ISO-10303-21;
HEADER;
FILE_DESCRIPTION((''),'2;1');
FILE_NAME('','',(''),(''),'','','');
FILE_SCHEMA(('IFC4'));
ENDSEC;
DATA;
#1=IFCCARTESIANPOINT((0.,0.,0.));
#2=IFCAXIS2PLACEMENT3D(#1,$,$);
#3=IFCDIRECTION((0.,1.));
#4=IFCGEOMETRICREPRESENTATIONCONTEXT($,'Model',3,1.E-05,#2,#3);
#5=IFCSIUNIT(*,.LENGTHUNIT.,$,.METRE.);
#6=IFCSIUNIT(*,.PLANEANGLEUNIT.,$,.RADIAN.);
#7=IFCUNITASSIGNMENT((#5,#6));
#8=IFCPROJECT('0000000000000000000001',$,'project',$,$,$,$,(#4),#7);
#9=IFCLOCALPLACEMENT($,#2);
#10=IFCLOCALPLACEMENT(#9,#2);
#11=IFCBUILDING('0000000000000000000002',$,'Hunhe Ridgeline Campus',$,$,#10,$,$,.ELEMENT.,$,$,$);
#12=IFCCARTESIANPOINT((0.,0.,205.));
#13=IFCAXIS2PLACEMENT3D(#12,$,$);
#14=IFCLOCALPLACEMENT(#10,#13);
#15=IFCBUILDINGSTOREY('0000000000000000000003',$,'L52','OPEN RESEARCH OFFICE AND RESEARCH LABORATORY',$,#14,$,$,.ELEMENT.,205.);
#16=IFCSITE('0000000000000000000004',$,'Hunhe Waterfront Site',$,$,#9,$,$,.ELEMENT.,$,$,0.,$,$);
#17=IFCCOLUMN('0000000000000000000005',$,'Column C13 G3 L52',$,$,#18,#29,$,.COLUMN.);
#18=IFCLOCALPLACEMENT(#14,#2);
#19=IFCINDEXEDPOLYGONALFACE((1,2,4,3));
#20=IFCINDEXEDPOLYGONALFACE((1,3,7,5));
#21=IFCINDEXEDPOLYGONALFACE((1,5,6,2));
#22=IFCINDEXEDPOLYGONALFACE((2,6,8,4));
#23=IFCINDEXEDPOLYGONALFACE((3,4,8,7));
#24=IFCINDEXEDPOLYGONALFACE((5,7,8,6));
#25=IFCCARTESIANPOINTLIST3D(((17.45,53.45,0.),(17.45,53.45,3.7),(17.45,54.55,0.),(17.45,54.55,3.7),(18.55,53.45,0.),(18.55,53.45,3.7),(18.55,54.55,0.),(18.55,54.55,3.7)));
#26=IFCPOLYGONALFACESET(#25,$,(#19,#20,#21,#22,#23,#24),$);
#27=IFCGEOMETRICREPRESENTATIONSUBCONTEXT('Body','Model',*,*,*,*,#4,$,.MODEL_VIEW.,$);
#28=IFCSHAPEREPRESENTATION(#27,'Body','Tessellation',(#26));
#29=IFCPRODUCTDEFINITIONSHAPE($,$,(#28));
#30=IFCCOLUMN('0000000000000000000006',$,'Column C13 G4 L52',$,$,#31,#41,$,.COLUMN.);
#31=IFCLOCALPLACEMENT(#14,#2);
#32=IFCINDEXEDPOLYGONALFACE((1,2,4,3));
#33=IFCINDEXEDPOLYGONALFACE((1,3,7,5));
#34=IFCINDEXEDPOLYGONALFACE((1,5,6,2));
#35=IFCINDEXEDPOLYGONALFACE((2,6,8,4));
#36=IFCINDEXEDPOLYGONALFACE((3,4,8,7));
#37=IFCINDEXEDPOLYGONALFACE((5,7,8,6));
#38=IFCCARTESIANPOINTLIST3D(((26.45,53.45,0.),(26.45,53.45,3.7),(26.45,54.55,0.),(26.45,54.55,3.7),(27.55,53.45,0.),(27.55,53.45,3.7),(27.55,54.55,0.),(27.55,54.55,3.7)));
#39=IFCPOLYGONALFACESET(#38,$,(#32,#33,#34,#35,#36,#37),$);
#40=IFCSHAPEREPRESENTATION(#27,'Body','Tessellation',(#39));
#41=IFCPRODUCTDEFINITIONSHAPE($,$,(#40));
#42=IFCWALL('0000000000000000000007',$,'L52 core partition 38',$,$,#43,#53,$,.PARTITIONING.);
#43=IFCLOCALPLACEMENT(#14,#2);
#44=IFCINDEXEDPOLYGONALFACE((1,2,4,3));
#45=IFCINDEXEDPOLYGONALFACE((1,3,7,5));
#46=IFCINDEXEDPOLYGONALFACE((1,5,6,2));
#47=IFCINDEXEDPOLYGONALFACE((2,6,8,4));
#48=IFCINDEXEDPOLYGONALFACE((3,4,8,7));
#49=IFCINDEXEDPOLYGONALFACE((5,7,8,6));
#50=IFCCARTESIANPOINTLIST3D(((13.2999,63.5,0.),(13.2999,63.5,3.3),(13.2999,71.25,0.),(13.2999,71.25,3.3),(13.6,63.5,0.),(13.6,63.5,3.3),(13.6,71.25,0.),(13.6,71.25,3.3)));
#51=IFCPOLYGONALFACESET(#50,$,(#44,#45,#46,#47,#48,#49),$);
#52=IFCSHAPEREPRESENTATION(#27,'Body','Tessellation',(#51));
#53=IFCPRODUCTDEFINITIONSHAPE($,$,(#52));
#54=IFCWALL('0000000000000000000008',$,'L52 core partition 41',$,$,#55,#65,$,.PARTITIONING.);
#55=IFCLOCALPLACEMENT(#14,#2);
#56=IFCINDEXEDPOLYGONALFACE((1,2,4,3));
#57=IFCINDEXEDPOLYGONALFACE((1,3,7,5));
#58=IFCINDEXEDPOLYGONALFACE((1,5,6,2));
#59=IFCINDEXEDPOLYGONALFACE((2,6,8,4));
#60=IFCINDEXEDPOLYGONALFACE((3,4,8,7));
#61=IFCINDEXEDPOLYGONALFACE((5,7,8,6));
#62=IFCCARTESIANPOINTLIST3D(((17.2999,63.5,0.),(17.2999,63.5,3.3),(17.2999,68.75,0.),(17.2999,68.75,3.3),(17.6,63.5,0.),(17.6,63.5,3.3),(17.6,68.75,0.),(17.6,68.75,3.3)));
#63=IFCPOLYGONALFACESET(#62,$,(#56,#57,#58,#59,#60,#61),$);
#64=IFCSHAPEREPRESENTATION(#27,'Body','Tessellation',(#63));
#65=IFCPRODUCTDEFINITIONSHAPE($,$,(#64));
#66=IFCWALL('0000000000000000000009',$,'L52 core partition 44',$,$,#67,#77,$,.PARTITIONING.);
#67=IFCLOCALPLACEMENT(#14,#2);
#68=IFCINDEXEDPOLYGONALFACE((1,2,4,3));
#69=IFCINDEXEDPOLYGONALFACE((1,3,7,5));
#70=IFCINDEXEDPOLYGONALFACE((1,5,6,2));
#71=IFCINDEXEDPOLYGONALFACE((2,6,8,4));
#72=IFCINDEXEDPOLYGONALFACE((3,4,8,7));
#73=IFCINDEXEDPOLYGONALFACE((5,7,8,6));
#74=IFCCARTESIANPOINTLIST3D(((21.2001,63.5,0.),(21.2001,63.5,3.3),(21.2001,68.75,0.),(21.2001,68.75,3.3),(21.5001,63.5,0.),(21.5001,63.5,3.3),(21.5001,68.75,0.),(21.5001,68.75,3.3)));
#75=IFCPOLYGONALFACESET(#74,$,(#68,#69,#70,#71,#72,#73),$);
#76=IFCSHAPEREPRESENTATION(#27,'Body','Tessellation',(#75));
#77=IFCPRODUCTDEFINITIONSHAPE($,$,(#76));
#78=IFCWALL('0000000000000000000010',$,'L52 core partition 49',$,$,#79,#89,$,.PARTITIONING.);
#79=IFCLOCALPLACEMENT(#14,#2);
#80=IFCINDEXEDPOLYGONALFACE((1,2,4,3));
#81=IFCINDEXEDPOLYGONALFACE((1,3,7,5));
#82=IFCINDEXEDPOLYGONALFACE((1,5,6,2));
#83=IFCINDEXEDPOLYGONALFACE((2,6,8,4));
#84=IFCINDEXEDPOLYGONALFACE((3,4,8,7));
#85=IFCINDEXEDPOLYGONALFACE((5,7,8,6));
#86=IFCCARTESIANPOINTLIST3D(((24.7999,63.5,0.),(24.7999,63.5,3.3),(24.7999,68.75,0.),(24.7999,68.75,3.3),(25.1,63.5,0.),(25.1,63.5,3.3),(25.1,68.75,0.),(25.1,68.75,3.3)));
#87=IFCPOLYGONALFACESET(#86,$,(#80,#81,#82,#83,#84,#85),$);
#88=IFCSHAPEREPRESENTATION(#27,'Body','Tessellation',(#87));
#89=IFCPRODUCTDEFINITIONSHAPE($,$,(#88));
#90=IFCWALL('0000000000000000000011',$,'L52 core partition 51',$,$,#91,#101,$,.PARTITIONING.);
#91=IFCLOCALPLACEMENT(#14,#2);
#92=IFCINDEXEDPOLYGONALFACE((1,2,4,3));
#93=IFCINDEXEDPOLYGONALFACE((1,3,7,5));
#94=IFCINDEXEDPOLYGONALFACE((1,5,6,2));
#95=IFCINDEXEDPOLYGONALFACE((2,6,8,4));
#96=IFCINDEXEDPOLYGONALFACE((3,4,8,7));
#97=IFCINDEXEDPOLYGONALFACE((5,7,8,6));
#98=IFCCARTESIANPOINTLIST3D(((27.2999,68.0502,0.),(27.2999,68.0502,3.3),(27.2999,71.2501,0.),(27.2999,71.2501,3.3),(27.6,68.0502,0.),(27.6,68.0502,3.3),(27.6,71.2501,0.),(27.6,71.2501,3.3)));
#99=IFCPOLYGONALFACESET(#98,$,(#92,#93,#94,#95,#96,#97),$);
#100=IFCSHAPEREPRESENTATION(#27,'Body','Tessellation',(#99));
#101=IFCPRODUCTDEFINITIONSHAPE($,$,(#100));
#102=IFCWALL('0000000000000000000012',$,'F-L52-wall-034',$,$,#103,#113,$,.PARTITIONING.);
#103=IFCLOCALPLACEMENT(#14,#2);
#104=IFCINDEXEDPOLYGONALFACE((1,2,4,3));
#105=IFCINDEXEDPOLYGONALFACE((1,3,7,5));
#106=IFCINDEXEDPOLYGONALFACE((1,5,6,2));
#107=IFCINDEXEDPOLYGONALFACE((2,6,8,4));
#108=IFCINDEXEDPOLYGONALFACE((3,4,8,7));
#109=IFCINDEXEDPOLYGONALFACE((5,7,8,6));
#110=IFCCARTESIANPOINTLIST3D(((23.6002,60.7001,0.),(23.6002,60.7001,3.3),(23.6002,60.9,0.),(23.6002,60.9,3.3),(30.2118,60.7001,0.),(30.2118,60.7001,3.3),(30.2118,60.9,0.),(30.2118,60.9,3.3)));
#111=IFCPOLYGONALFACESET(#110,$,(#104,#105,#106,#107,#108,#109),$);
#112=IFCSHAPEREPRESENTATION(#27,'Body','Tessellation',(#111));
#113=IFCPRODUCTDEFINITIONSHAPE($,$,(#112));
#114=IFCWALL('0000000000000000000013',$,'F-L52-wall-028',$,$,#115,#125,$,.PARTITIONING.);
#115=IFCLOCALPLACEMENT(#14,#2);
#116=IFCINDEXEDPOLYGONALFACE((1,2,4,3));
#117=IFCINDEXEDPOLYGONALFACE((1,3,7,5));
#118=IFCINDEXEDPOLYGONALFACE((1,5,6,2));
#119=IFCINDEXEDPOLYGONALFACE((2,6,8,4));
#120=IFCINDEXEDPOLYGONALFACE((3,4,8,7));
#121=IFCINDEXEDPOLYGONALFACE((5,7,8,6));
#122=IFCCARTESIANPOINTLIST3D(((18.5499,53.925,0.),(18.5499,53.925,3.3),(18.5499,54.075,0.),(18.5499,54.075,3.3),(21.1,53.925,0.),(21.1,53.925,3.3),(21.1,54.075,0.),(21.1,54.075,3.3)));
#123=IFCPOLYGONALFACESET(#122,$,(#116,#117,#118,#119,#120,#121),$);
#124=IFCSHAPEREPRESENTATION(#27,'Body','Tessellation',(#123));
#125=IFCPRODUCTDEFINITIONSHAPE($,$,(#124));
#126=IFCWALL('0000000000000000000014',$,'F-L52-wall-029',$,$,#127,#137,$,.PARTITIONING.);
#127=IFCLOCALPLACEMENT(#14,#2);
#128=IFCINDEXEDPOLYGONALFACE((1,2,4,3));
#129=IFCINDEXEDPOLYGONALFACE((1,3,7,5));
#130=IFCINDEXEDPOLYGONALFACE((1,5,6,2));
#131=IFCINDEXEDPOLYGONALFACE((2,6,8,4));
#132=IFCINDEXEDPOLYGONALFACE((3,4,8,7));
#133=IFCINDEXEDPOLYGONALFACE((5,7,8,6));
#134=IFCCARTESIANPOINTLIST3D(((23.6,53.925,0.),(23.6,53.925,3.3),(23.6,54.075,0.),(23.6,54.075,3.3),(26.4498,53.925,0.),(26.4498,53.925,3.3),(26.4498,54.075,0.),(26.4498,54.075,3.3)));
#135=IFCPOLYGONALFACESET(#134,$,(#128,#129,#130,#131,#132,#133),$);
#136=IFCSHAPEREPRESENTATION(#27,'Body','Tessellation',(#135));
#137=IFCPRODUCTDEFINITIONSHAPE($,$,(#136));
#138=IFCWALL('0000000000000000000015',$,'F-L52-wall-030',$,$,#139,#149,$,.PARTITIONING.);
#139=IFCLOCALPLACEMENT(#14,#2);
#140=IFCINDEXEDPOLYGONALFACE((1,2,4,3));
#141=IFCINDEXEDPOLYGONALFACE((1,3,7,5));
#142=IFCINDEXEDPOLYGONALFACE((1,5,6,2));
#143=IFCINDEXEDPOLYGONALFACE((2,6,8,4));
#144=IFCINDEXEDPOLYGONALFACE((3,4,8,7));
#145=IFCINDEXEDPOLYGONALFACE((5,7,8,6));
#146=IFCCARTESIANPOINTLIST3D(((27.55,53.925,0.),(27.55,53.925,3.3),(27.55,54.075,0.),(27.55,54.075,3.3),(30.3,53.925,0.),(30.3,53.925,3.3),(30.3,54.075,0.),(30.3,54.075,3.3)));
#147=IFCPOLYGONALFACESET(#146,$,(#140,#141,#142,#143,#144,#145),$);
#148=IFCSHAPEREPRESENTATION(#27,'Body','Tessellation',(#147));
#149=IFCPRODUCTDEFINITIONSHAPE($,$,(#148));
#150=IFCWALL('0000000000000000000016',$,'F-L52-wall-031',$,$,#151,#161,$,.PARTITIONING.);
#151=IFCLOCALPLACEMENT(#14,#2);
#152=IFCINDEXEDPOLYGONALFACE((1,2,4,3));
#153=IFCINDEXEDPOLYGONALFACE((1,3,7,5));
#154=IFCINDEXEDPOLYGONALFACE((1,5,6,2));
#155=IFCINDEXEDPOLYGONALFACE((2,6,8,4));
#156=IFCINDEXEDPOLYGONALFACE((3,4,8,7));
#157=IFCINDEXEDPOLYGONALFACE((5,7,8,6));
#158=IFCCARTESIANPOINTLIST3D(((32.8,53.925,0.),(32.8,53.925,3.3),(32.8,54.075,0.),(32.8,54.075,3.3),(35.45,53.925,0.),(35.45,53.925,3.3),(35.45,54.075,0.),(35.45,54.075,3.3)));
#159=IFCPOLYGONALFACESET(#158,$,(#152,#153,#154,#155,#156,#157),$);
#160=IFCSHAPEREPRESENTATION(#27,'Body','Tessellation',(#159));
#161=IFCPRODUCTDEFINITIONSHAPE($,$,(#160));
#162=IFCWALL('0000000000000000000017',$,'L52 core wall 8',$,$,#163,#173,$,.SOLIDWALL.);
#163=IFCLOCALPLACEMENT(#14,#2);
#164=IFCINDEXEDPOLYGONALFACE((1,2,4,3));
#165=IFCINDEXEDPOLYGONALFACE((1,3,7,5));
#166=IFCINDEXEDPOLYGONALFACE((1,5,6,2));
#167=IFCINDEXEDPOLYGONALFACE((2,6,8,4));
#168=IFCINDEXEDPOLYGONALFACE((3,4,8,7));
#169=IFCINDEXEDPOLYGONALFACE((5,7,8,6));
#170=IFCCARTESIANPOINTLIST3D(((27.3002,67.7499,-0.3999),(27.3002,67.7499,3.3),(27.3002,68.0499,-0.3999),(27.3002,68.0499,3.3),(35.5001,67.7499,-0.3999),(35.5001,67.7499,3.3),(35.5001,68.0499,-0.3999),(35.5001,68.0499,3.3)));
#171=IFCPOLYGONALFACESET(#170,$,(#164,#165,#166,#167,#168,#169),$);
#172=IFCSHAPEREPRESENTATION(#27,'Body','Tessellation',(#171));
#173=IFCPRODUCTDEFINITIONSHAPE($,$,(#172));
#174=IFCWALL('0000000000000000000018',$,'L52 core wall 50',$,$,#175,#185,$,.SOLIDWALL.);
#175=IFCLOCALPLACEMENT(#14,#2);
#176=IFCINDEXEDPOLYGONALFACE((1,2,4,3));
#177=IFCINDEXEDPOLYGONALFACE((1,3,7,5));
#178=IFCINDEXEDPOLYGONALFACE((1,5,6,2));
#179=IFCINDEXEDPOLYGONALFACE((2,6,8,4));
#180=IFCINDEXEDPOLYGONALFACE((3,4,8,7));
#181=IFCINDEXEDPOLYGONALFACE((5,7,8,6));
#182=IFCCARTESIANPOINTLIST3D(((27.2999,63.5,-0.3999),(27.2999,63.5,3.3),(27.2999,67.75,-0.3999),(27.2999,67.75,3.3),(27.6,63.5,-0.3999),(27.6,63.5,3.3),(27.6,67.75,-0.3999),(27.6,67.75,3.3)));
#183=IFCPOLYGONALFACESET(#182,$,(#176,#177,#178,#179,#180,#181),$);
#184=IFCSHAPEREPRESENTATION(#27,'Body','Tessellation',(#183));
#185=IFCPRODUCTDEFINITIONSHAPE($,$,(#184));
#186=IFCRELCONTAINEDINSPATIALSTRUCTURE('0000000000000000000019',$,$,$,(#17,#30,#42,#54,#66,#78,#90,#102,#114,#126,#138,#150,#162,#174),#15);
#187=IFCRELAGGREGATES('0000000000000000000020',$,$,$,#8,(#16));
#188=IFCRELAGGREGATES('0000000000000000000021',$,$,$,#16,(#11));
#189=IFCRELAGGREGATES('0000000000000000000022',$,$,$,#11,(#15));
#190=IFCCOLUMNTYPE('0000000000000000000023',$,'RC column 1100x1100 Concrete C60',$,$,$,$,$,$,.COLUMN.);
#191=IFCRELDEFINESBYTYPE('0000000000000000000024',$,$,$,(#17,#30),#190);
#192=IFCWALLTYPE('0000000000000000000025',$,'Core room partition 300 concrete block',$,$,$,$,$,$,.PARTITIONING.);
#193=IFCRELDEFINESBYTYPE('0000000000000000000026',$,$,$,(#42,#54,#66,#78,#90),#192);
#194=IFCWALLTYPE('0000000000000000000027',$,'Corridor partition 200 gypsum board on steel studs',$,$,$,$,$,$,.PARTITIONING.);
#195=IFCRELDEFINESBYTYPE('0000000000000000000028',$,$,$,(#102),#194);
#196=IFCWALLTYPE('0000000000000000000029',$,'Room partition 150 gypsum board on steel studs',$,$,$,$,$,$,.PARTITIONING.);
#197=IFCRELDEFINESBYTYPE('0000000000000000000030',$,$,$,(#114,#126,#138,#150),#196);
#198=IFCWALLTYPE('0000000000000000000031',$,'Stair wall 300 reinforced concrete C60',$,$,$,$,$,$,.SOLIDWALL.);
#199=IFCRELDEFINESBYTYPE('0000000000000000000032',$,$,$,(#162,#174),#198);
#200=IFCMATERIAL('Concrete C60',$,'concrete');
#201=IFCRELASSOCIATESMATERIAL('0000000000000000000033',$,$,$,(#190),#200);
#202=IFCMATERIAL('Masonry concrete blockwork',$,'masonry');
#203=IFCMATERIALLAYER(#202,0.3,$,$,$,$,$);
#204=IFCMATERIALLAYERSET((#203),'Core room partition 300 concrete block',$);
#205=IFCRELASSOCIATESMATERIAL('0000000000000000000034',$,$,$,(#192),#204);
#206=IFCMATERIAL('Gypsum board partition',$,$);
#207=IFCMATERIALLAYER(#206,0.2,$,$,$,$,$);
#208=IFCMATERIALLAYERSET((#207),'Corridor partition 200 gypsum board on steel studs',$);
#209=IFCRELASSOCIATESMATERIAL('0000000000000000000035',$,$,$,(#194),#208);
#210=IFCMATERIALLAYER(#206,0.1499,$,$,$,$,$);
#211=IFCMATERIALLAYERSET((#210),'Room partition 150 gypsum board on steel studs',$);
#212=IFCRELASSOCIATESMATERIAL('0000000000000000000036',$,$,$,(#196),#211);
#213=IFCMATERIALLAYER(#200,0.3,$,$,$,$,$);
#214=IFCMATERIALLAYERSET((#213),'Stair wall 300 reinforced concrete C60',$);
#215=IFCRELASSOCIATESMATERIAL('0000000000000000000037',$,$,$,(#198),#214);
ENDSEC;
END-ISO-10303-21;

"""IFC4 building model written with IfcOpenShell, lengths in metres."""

from ifc_helpers import new_model, si_unit, direction, frame, frame_2d, origin, origin_2d, place, context, subcontext, project, spatial, rectangle, extrude, material, layer, layer_set, material_profile, profile_set, type_object, element, save


model = new_model("IFC4")

# Units and contexts
model_context = context("Model", 3, precision=1e-05, world=origin(), true_north=direction((0.0, 1.0)))
body_context = subcontext(model_context, "Body", "Model", "MODEL_VIEW")
ifc_project = project(units=[si_unit("LENGTHUNIT", "METRE"), si_unit("PLANEANGLEUNIT", "RADIAN")], contexts=[model_context])

# Site, building, storey
site_placement = place(None, origin())
site = spatial("IfcSite", under=ifc_project, at=site_placement, Name="Hunhe Waterfront Site", CompositionType="ELEMENT", RefElevation=0.0)
building_placement = place(site_placement, origin())
building = spatial("IfcBuilding", under=site, at=building_placement, Name="Hunhe Ridgeline Campus", CompositionType="ELEMENT")
storey_placement = place(building_placement, frame((0.0, 0.0, 205.0)))
storey = spatial("IfcBuildingStorey", under=building, at=storey_placement, Name="L52", Description="OPEN RESEARCH OFFICE AND RESEARCH LABORATORY", CompositionType="ELEMENT", Elevation=205.0)

# Columns
ifc_material_1 = material(Name="Concrete C60", Category="concrete")
ifc_material_profile = material_profile(ifc_material_1, rectangle(XDim=1.1001, YDim=1.1001, at=origin_2d()))
ifc_profile_set = profile_set([ifc_material_profile], Name="Concrete C60")
column_type = type_object("IfcColumnType", Name="RC column 1100x1100 Concrete C60", PredefinedType="COLUMN", material=ifc_profile_set)
for number, where, z_axis, x_axis, name in (
    (1, (18.0, 54.0, 0.0), (0.0, 0.0, 1.0), (1.0, 0.0, 0.0), "Column C13 G3 L52"),
    (2, (27.0, 54.0, 0.0), (0.0, 0.0, 1.0), (1.0, 0.0, 0.0), "Column C13 G4 L52"),
):
    element("IfcColumn", number, at=place(storey_placement, frame(where, z_axis=z_axis, x_axis=x_axis)), inside=storey, type_object=column_type, Name=name, PredefinedType="COLUMN", context=body_context, shape_type="SweptSolid", body=[
        extrude(rectangle(XDim=1.1001, YDim=1.1001, at=origin_2d()), origin(), (0.0, 0.0, 1.0), 3.7),
    ])

# Walls
ifc_material_2 = material(Name="Masonry concrete blockwork", Category="masonry")
ifc_layer_1 = layer(ifc_material_2, 0.3)
ifc_layer_set_1 = layer_set([ifc_layer_1], Name="Core room partition 300 concrete block")
wall_type_1 = type_object("IfcWallType", Name="Core room partition 300 concrete block", PredefinedType="PARTITIONING", material=ifc_layer_set_1)
wall_1_placement = place(storey_placement, frame((13.45, 63.5, 0.0), z_axis=(0.0, 0.0, 1.0), x_axis=(0.0, 1.0, 0.0)))
element("IfcWall", 3, at=wall_1_placement, inside=storey, type_object=wall_type_1, Name="L52 core partition 38", PredefinedType="PARTITIONING", context=body_context, shape_type="SweptSolid", body=[
    extrude(rectangle(XDim=7.75, YDim=0.3, at=frame_2d((3.875, 0.0))), origin(), (0.0, 0.0, 1.0), 3.3),
])
for number, where, z_axis, x_axis, name in (
    (4, (17.45, 63.5, 0.0), (0.0, 0.0, 1.0), (0.0, 1.0, 0.0), "L52 core partition 41"),
    (5, (21.3501, 63.5, 0.0), (0.0, 0.0, 1.0), (0.0, 1.0, 0.0), "L52 core partition 44"),
    (6, (24.95, 63.5, 0.0), (0.0, 0.0, 1.0), (0.0, 1.0, 0.0), "L52 core partition 49"),
):
    element("IfcWall", number, at=place(storey_placement, frame(where, z_axis=z_axis, x_axis=x_axis)), inside=storey, type_object=wall_type_1, Name=name, PredefinedType="PARTITIONING", context=body_context, shape_type="SweptSolid", body=[
        extrude(rectangle(XDim=5.25, YDim=0.3, at=frame_2d((2.625, 0.0))), origin(), (0.0, 0.0, 1.0), 3.3),
    ])
wall_2_placement = place(storey_placement, frame((27.45, 68.05, 0.0), z_axis=(0.0, 0.0, 1.0), x_axis=(0.0, 1.0, 0.0)))
element("IfcWall", 7, at=wall_2_placement, inside=storey, type_object=wall_type_1, Name="L52 core partition 51", PredefinedType="PARTITIONING", context=body_context, shape_type="SweptSolid", body=[
    extrude(rectangle(XDim=3.2, YDim=0.3, at=frame_2d((1.6001, 0.0))), origin(), (0.0, 0.0, 1.0), 3.3),
])

# Shared definitions
ifc_material_3 = material(Name="Gypsum board partition")
ifc_layer_2 = layer(ifc_material_3, 0.2)
ifc_layer_set_2 = layer_set([ifc_layer_2], Name="Corridor partition 200 gypsum board on steel studs")
wall_type_2 = type_object("IfcWallType", Name="Corridor partition 200 gypsum board on steel studs", PredefinedType="PARTITIONING", material=ifc_layer_set_2)

# Wall
wall_3_placement = place(storey_placement, frame((30.2117, 60.8, 0.0), z_axis=(0.0, 0.0, 1.0), x_axis=(-1.0, 0.0, 0.0)))
element("IfcWall", 8, at=wall_3_placement, inside=storey, type_object=wall_type_2, Name="F-L52-wall-034", PredefinedType="PARTITIONING", context=body_context, shape_type="SweptSolid", body=[
    extrude(rectangle(XDim=6.6116, YDim=0.2, at=frame_2d((3.3057, 0.0))), origin(), (0.0, 0.0, 1.0), 3.3),
])

# Walls
ifc_layer_3 = layer(ifc_material_3, 0.1499)
ifc_layer_set_3 = layer_set([ifc_layer_3], Name="Room partition 150 gypsum board on steel studs")
wall_type_3 = type_object("IfcWallType", Name="Room partition 150 gypsum board on steel studs", PredefinedType="PARTITIONING", material=ifc_layer_set_3)
wall_4_placement = place(storey_placement, frame((18.55, 54.0, 0.0), z_axis=(0.0, 0.0, 1.0), x_axis=(1.0, 0.0, 0.0)))
element("IfcWall", 9, at=wall_4_placement, inside=storey, type_object=wall_type_3, Name="F-L52-wall-028", PredefinedType="PARTITIONING", context=body_context, shape_type="SweptSolid", body=[
    extrude(rectangle(XDim=2.55, YDim=0.1499, at=frame_2d((1.2749, 0.0))), origin(), (0.0, 0.0, 1.0), 3.3),
])
wall_5_placement = place(storey_placement, frame((23.6001, 54.0, 0.0), z_axis=(0.0, 0.0, 1.0), x_axis=(1.0, 0.0, 0.0)))
element("IfcWall", 10, at=wall_5_placement, inside=storey, type_object=wall_type_3, Name="F-L52-wall-029", PredefinedType="PARTITIONING", context=body_context, shape_type="SweptSolid", body=[
    extrude(rectangle(XDim=2.8499, YDim=0.1499, at=frame_2d((1.4248, 0.0))), origin(), (0.0, 0.0, 1.0), 3.3),
])
wall_6_placement = place(storey_placement, frame((27.55, 54.0, 0.0), z_axis=(0.0, 0.0, 1.0), x_axis=(1.0, 0.0, 0.0)))
element("IfcWall", 11, at=wall_6_placement, inside=storey, type_object=wall_type_3, Name="F-L52-wall-030", PredefinedType="PARTITIONING", context=body_context, shape_type="SweptSolid", body=[
    extrude(rectangle(XDim=2.75, YDim=0.1499, at=frame_2d((1.375, 0.0))), origin(), (0.0, 0.0, 1.0), 3.3),
])
wall_7_placement = place(storey_placement, frame((32.8, 54.0, 0.0), z_axis=(0.0, 0.0, 1.0), x_axis=(1.0, 0.0, 0.0)))
element("IfcWall", 12, at=wall_7_placement, inside=storey, type_object=wall_type_3, Name="F-L52-wall-031", PredefinedType="PARTITIONING", context=body_context, shape_type="SweptSolid", body=[
    extrude(rectangle(XDim=2.6499, YDim=0.1499, at=frame_2d((1.325, 0.0))), origin(), (0.0, 0.0, 1.0), 3.3),
])
ifc_layer_4 = layer(ifc_material_1, 0.3)
ifc_layer_set_4 = layer_set([ifc_layer_4], Name="Stair wall 300 reinforced concrete C60")
wall_type_4 = type_object("IfcWallType", Name="Stair wall 300 reinforced concrete C60", PredefinedType="SOLIDWALL", material=ifc_layer_set_4)
wall_8_placement = place(storey_placement, frame((27.3, 67.8999, -0.3999), z_axis=(0.0, 0.0, 1.0), x_axis=(1.0, 0.0, 0.0)))
element("IfcWall", 13, at=wall_8_placement, inside=storey, type_object=wall_type_4, Name="L52 core wall 8", PredefinedType="SOLIDWALL", context=body_context, shape_type="SweptSolid", body=[
    extrude(rectangle(XDim=8.2, YDim=0.3, at=frame_2d((4.1001, 0.0))), origin(), (0.0, 0.0, 1.0), 3.7),
])
wall_9_placement = place(storey_placement, frame((27.45, 63.5, -0.3999), z_axis=(0.0, 0.0, 1.0), x_axis=(0.0, 1.0, 0.0)))
element("IfcWall", 14, at=wall_9_placement, inside=storey, type_object=wall_type_4, Name="L52 core wall 50", PredefinedType="SOLIDWALL", context=body_context, shape_type="SweptSolid", body=[
    extrude(rectangle(XDim=4.25, YDim=0.3, at=frame_2d((2.125, 0.0))), origin(), (0.0, 0.0, 1.0), 3.7),
])

save(model, "model.ifc")
